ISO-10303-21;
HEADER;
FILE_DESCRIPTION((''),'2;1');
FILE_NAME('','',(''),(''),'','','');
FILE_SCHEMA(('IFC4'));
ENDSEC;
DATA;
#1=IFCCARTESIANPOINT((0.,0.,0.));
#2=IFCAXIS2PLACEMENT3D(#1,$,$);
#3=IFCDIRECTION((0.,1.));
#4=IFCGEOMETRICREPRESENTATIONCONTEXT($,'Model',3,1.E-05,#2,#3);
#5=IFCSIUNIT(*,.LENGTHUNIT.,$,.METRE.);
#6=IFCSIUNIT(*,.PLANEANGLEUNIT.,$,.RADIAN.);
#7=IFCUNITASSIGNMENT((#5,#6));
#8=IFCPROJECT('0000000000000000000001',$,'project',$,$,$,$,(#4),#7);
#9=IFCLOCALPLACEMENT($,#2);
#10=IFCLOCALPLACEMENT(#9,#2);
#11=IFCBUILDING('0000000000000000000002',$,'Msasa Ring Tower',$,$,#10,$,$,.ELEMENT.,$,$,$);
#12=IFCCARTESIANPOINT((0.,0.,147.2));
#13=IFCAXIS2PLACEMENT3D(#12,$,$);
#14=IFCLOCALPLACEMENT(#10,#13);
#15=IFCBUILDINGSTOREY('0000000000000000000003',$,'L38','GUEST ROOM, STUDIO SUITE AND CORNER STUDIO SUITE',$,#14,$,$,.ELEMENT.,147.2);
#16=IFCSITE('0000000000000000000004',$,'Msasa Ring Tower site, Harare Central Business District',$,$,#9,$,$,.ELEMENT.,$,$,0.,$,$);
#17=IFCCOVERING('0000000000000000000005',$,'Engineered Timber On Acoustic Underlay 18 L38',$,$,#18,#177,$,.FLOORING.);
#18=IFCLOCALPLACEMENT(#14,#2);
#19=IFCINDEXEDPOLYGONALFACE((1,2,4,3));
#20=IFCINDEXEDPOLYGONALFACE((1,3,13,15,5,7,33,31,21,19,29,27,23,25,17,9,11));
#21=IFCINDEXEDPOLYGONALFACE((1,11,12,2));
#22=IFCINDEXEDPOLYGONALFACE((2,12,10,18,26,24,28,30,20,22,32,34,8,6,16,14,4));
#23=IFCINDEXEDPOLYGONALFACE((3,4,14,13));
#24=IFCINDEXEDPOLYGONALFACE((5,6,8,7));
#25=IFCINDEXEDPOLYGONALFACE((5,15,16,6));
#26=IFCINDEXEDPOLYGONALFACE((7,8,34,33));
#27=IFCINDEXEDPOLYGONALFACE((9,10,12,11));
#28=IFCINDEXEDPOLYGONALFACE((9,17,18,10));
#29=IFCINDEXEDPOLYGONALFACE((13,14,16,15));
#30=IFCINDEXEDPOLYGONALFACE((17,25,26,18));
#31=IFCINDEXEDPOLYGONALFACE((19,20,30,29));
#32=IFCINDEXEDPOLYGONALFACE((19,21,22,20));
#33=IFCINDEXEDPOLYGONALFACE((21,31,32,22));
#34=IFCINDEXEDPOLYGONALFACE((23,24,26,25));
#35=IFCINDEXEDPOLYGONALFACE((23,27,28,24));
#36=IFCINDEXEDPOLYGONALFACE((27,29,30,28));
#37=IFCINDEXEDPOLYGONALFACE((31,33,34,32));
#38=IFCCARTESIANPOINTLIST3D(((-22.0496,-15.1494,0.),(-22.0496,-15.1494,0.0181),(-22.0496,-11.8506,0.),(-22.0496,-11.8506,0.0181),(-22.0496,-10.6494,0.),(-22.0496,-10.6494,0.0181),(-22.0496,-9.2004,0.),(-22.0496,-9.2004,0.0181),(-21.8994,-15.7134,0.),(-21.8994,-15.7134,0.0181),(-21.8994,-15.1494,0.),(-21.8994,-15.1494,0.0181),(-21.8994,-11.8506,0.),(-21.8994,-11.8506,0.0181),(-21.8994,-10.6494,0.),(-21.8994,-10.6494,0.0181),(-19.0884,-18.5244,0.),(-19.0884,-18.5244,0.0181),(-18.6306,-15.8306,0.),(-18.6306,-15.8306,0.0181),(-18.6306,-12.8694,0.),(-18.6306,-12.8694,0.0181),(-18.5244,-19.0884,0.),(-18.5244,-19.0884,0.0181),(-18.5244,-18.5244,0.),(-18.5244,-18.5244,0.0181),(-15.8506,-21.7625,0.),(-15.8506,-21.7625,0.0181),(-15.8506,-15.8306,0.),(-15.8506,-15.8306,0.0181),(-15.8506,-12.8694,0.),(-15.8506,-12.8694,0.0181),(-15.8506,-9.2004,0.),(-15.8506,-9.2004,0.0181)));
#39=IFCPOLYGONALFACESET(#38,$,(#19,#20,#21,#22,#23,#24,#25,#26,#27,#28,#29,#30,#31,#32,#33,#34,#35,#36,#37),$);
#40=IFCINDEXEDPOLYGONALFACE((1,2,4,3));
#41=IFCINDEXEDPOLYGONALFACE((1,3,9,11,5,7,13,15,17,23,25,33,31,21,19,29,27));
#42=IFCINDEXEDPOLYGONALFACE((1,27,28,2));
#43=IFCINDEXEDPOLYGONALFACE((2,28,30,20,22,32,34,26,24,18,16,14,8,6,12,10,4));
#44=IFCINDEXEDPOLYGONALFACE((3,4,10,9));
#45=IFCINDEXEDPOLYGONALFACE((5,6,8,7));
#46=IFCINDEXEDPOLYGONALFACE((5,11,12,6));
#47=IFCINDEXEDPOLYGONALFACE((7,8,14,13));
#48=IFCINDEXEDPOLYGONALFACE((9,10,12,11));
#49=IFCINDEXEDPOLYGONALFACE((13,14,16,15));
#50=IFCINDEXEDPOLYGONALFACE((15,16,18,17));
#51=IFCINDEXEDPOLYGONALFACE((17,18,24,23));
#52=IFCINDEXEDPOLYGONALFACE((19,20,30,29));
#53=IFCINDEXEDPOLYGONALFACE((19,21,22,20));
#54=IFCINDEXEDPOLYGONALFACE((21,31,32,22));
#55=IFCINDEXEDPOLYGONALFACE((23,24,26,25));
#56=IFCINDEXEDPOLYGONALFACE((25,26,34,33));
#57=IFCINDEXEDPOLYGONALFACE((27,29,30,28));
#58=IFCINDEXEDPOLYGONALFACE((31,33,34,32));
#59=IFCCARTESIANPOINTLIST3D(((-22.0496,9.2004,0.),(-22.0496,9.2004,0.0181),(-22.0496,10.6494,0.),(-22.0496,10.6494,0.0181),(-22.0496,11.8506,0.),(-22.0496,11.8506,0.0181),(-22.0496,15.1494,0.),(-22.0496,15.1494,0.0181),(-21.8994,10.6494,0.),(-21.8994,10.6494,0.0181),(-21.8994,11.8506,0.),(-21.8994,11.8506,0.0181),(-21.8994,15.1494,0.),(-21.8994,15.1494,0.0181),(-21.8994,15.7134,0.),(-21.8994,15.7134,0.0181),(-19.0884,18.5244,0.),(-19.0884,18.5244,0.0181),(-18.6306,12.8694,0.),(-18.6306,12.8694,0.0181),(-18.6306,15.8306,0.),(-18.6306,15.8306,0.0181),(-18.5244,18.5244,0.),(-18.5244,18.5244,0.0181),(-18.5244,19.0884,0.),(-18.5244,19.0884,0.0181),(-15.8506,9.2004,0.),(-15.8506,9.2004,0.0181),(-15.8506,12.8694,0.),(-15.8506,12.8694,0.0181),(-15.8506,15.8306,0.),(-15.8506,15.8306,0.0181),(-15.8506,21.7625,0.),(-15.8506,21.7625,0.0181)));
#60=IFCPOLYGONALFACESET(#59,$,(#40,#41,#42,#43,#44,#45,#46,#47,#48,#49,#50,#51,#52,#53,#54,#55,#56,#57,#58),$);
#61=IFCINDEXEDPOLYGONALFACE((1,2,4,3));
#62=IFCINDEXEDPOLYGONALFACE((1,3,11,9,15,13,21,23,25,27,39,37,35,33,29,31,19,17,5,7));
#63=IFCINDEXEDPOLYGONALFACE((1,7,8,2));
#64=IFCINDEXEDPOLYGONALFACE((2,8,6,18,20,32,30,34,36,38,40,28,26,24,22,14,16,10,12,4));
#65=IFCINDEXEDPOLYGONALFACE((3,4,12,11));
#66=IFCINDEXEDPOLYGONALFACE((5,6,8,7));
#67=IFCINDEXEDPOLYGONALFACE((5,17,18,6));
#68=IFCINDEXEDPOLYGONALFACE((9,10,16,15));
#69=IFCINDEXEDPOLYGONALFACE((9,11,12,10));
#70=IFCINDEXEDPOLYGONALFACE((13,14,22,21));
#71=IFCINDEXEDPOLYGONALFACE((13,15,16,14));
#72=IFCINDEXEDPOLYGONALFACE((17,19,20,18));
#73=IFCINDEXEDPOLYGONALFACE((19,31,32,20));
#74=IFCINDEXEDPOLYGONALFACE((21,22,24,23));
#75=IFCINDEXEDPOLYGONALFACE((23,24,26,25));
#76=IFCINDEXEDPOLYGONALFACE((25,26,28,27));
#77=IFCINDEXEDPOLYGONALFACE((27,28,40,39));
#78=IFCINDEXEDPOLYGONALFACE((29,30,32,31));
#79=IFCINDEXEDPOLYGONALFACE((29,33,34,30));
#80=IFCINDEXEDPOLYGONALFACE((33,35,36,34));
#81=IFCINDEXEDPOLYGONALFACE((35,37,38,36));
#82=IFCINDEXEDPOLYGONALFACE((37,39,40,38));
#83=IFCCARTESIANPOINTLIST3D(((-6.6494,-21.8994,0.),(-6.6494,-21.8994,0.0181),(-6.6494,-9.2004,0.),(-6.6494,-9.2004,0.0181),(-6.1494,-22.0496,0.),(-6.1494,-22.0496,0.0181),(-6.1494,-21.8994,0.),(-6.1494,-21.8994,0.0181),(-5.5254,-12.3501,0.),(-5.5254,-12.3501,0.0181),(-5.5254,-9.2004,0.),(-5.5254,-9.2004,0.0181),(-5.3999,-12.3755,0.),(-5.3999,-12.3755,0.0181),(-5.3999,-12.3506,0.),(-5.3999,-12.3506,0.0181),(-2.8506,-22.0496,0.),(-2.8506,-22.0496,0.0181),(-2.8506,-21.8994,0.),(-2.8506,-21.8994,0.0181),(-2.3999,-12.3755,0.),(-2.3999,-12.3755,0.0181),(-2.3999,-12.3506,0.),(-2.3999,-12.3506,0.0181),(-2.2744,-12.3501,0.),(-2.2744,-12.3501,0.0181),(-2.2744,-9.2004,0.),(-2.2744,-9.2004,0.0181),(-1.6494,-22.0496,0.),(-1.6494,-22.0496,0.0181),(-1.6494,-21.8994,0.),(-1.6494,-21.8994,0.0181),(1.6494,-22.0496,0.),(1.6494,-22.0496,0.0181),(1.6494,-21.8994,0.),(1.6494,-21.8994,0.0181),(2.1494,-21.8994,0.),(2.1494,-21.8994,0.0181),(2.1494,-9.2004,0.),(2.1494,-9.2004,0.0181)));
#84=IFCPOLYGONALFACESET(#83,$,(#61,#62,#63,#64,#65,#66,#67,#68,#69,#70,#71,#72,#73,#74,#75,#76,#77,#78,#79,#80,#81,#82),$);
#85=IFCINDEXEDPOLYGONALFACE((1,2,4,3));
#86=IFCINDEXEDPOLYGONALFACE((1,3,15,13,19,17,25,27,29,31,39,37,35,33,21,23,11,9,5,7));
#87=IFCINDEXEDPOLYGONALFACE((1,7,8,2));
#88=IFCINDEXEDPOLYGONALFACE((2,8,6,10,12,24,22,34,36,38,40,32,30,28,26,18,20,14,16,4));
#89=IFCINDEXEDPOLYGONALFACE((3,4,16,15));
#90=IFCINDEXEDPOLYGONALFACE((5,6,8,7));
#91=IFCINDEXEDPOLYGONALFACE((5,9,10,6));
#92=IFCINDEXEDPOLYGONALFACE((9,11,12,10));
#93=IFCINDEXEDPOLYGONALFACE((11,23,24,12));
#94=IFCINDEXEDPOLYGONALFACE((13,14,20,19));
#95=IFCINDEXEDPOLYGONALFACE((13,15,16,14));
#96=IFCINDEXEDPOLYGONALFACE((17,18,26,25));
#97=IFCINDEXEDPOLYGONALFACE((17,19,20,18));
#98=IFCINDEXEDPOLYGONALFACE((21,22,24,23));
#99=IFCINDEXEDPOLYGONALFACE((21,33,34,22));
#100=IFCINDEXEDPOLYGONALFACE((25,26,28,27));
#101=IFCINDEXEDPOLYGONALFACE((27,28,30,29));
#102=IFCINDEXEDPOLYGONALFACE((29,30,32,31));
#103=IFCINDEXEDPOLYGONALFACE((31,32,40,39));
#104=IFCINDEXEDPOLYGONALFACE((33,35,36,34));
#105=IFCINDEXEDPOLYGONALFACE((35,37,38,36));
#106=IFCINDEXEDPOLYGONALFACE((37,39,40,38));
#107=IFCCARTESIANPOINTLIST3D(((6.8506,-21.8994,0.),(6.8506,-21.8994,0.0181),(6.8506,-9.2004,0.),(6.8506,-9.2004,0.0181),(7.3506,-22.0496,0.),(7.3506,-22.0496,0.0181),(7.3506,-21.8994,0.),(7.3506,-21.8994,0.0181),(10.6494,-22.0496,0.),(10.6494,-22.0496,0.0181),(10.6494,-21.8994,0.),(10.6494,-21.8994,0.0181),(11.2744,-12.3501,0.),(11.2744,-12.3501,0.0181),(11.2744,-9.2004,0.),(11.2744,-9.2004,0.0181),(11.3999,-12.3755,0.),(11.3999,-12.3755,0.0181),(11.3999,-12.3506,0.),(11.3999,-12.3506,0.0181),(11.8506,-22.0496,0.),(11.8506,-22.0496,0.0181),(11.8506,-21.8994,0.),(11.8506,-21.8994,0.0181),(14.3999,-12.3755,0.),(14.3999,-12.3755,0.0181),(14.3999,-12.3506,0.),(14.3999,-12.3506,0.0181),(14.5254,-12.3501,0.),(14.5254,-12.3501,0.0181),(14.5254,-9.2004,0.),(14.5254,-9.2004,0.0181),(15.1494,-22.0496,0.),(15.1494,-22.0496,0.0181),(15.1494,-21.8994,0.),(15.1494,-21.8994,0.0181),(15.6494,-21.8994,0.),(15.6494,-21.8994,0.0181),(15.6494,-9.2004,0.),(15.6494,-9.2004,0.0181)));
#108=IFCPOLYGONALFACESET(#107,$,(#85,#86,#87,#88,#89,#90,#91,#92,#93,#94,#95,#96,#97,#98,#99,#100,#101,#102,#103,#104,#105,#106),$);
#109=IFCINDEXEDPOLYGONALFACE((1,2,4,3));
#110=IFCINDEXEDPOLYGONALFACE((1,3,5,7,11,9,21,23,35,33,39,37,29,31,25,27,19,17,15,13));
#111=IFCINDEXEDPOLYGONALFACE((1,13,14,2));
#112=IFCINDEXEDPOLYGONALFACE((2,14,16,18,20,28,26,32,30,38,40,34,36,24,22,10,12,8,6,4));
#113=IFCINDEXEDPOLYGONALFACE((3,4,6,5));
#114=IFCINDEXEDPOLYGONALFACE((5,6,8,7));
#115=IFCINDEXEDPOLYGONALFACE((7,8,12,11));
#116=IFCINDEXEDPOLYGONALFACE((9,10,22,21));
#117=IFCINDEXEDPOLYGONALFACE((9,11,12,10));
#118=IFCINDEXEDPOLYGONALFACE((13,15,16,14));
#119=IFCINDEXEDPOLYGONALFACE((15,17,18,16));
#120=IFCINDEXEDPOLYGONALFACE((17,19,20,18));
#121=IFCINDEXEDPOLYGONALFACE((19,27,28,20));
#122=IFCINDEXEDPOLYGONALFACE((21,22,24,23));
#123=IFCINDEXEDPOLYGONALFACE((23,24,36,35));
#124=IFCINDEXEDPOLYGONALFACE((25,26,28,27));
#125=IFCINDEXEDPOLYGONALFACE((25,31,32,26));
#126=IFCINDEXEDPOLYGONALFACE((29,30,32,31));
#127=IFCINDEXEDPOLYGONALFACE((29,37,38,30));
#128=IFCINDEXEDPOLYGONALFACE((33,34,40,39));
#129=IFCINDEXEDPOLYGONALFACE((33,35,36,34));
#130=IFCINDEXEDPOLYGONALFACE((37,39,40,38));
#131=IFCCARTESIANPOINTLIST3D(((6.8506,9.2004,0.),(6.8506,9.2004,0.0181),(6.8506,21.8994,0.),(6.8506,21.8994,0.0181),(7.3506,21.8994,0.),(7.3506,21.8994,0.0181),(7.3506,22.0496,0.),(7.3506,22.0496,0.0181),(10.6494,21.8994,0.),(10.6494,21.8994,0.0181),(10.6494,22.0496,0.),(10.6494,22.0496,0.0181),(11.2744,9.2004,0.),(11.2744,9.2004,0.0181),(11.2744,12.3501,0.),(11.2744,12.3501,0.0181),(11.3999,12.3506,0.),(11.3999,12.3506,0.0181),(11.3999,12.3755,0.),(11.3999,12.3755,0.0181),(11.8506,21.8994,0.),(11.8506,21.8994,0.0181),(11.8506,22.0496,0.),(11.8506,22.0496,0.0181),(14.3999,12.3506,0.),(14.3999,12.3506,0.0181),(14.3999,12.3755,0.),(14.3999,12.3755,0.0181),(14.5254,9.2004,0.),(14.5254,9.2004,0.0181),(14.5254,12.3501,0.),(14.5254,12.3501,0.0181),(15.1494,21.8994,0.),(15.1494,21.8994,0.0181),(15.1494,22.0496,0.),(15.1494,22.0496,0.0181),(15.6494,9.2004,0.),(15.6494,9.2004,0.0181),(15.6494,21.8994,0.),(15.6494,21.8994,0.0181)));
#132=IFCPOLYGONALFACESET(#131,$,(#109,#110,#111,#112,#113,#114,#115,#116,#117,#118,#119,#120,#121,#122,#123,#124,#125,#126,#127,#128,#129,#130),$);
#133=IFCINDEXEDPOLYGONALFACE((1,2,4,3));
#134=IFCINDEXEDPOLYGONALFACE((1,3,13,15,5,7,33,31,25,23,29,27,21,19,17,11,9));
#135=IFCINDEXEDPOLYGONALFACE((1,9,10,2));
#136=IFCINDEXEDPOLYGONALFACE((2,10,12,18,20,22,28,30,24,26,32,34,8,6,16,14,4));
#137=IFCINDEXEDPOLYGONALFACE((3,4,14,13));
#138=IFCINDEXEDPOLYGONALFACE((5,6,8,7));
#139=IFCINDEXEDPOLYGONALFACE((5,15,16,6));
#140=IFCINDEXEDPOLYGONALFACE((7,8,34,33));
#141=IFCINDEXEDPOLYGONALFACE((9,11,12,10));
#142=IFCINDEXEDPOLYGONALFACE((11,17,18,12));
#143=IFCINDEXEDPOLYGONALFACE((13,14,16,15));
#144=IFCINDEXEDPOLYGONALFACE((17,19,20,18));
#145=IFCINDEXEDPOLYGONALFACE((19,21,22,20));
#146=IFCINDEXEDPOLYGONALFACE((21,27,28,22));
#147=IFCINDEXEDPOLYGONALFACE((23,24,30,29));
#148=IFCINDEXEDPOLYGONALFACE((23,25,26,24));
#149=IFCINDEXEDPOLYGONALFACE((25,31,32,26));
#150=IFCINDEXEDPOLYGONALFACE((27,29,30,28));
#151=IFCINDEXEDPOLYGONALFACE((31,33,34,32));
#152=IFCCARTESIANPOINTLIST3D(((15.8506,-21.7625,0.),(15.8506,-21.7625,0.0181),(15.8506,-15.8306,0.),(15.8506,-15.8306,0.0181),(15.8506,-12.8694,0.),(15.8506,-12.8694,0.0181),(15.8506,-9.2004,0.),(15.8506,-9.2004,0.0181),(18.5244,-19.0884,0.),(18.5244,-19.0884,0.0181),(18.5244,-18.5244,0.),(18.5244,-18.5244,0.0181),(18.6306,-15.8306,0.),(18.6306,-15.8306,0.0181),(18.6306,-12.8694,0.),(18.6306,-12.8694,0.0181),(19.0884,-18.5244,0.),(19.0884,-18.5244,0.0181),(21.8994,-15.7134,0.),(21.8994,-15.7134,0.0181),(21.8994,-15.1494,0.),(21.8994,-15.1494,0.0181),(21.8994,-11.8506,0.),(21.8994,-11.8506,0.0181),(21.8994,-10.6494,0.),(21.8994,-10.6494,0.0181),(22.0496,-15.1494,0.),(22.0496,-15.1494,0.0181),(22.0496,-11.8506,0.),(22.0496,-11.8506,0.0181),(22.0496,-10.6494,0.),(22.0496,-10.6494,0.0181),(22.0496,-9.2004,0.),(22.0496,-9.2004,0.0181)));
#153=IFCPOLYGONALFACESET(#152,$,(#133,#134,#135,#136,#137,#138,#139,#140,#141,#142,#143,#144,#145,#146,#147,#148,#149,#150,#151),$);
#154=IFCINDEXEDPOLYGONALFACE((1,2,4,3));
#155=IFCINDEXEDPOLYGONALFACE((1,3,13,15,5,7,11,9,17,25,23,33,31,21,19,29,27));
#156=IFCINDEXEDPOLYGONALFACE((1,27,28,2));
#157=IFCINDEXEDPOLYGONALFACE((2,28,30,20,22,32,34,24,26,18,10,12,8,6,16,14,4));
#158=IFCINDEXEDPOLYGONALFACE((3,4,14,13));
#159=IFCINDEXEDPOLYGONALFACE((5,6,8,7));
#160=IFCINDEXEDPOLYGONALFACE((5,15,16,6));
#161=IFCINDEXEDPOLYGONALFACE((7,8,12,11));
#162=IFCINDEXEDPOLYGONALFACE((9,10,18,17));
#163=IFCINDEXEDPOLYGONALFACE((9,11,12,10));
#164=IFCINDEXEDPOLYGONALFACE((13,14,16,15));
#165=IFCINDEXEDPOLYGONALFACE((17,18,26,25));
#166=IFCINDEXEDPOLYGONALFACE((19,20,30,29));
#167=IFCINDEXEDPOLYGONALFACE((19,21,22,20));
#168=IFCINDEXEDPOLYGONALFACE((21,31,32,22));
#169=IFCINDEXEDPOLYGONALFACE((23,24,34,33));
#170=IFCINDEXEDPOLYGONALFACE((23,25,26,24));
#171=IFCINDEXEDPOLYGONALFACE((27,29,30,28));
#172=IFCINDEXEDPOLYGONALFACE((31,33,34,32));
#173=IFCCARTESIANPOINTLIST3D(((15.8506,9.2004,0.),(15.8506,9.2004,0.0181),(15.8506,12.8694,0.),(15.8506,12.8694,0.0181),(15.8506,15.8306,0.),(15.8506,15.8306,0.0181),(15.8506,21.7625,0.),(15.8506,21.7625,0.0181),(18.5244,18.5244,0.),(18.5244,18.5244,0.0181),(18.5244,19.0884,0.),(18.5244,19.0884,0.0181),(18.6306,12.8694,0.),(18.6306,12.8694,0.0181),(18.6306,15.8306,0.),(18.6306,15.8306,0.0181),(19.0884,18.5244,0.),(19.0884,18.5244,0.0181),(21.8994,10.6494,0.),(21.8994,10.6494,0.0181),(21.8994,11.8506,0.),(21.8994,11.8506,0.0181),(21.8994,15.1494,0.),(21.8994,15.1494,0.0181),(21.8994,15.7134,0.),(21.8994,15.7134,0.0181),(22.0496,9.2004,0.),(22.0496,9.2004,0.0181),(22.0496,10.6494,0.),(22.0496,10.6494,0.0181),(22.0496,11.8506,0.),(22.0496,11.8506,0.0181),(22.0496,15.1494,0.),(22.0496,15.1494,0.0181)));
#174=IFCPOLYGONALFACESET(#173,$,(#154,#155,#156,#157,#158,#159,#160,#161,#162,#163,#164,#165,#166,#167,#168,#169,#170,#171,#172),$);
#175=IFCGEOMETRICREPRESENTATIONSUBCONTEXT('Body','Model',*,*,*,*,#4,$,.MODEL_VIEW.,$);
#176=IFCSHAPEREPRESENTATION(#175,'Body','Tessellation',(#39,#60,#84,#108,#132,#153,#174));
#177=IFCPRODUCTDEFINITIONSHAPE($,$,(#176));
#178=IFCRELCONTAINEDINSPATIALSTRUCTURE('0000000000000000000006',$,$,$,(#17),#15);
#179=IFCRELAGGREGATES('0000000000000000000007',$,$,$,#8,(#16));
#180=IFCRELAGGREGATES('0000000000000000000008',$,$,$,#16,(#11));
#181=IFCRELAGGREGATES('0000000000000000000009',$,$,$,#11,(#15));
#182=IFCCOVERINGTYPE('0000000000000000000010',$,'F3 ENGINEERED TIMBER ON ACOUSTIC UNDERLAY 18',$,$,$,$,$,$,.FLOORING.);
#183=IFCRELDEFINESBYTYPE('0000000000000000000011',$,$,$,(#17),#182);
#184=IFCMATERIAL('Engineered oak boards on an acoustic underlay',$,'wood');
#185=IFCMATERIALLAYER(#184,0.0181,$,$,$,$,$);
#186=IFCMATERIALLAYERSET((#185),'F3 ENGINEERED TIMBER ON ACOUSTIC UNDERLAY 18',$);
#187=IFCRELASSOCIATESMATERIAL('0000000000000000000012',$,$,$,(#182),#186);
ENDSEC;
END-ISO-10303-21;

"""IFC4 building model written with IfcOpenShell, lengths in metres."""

from ifc_helpers import new_model, si_unit, direction, frame, origin, place, context, subcontext, project, spatial, line, indexed_curve, outline, extrude, material, layer, layer_set, type_object, element, save


model = new_model("IFC4")

# Units and contexts
model_context = context("Model", 3, precision=1e-05, world=origin(), true_north=direction((0.0, 1.0)))
body_context = subcontext(model_context, "Body", "Model", "MODEL_VIEW")
ifc_project = project(units=[si_unit("LENGTHUNIT", "METRE"), si_unit("PLANEANGLEUNIT", "RADIAN")], contexts=[model_context])

# Site, building, storey
site_placement = place(None, origin())
site = spatial("IfcSite", under=ifc_project, at=site_placement, Name="Msasa Ring Tower site, Harare Central Business District", CompositionType="ELEMENT", RefElevation=0.0)
building_placement = place(site_placement, origin())
building = spatial("IfcBuilding", under=site, at=building_placement, Name="Msasa Ring Tower", CompositionType="ELEMENT")
storey_placement = place(building_placement, frame((0.0, 0.0, 147.2)))
storey = spatial("IfcBuildingStorey", under=building, at=storey_placement, Name="L38", Description="GUEST ROOM, STUDIO SUITE AND CORNER STUDIO SUITE", CompositionType="ELEMENT", Elevation=147.2)

# Covering
ifc_material_1 = material(Name="Engineered oak boards on an acoustic underlay", Category="wood")
ifc_layer_1 = layer(ifc_material_1, 0.0181)
ifc_layer_set_1 = layer_set([ifc_layer_1], Name="F3 ENGINEERED TIMBER ON ACOUSTIC UNDERLAY 18")
covering_type_1 = type_object("IfcCoveringType", Name="F3 ENGINEERED TIMBER ON ACOUSTIC UNDERLAY 18", PredefinedType="FLOORING", material=ifc_layer_set_1)
covering_1_placement = place(storey_placement, origin())
element("IfcCovering", 1, at=covering_1_placement, inside=storey, type_object=covering_type_1, Name="Engineered Timber On Acoustic Underlay 18 L38", PredefinedType="FLOORING", context=body_context, shape_type="SweptSolid", body=[
    extrude(outline(indexed_curve([(-15.8506, -21.7625), (-18.5244, -19.0884), (-18.5244, -18.5244), (-19.0884, -18.5244), (-21.8994, -15.7134), (-21.8994, -15.1494), (-22.0496, -15.1494), (-22.0496, -11.8506), (-21.8994, -11.8506), (-21.8994, -10.6494), (-22.0496, -10.6494), (-22.0496, -9.2004), (-15.8506, -9.2004), (-15.8506, -12.8694), (-18.6306, -12.8694), (-18.6306, -15.8306), (-15.8506, -15.8306)], segments=[line(1, 2, 3, 4, 5, 6, 7, 8, 9, 10, 11, 12, 13, 14, 15, 16, 17, 1)], self_intersect=False)), origin(), (0.0, 0.0, 1.0), 0.0181),
    extrude(outline(indexed_curve([(-18.6306, 12.8694), (-15.8506, 12.8694), (-15.8506, 9.2004), (-22.0496, 9.2004), (-22.0496, 10.6494), (-21.8994, 10.6494), (-21.8994, 11.8506), (-22.0496, 11.8506), (-22.0496, 15.1494), (-21.8994, 15.1494), (-21.8994, 15.7134), (-19.0884, 18.5244), (-18.5244, 18.5244), (-18.5244, 19.0884), (-15.8506, 21.7625), (-15.8506, 15.8306), (-18.6306, 15.8306)], segments=[line(1, 2, 3, 4, 5, 6, 7, 8, 9, 10, 11, 12, 13, 14, 15, 16, 17, 1)], self_intersect=False)), origin(), (0.0, 0.0, 1.0), 0.0181),
    extrude(outline(indexed_curve([(-5.5254, -12.3501), (-5.3999, -12.3506), (-5.3999, -12.3755), (-2.3999, -12.3755), (-2.3999, -12.3506), (-2.2744, -12.3501), (-2.2744, -9.2004), (2.1494, -9.2004), (2.1494, -21.8994), (1.6494, -21.8994), (1.6494, -22.0496), (-1.6494, -22.0496), (-1.6494, -21.8994), (-2.8506, -21.8994), (-2.8506, -22.0496), (-6.1494, -22.0496), (-6.1494, -21.8994), (-6.6494, -21.8994), (-6.6494, -9.2004), (-5.5254, -9.2004)], segments=[line(1, 2, 3, 4, 5, 6, 7, 8, 9, 10, 11, 12, 13, 14, 15, 16, 17, 18, 19, 20, 1)], self_intersect=False)), origin(), (0.0, 0.0, 1.0), 0.0181),
    extrude(outline(indexed_curve([(11.2744, -12.3501), (11.3999, -12.3506), (11.3999, -12.3755), (14.3999, -12.3755), (14.3999, -12.3506), (14.5254, -12.3501), (14.5254, -9.2004), (15.6494, -9.2004), (15.6494, -21.8994), (15.1494, -21.8994), (15.1494, -22.0496), (11.8506, -22.0496), (11.8506, -21.8994), (10.6494, -21.8994), (10.6494, -22.0496), (7.3506, -22.0496), (7.3506, -21.8994), (6.8506, -21.8994), (6.8506, -9.2004), (11.2744, -9.2004)], segments=[line(1, 2, 3, 4, 5, 6, 7, 8, 9, 10, 11, 12, 13, 14, 15, 16, 17, 18, 19, 20, 1)], self_intersect=False)), origin(), (0.0, 0.0, 1.0), 0.0181),
    extrude(outline(indexed_curve([(14.5254, 12.3501), (14.3999, 12.3506), (14.3999, 12.3755), (11.3999, 12.3755), (11.3999, 12.3506), (11.2744, 12.3501), (11.2744, 9.2004), (6.8506, 9.2004), (6.8506, 21.8994), (7.3506, 21.8994), (7.3506, 22.0496), (10.6494, 22.0496), (10.6494, 21.8994), (11.8506, 21.8994), (11.8506, 22.0496), (15.1494, 22.0496), (15.1494, 21.8994), (15.6494, 21.8994), (15.6494, 9.2004), (14.5254, 9.2004)], segments=[line(1, 2, 3, 4, 5, 6, 7, 8, 9, 10, 11, 12, 13, 14, 15, 16, 17, 18, 19, 20, 1)], self_intersect=False)), origin(), (0.0, 0.0, 1.0), 0.0181),
    extrude(outline(indexed_curve([(18.6306, -12.8694), (15.8506, -12.8694), (15.8506, -9.2004), (22.0496, -9.2004), (22.0496, -10.6494), (21.8994, -10.6494), (21.8994, -11.8506), (22.0496, -11.8506), (22.0496, -15.1494), (21.8994, -15.1494), (21.8994, -15.7134), (19.0884, -18.5244), (18.5244, -18.5244), (18.5244, -19.0884), (15.8506, -21.7625), (15.8506, -15.8306), (18.6306, -15.8306)], segments=[line(1, 2, 3, 4, 5, 6, 7, 8, 9, 10, 11, 12, 13, 14, 15, 16, 17, 1)], self_intersect=False)), origin(), (0.0, 0.0, 1.0), 0.0181),
    extrude(outline(indexed_curve([(15.8506, 21.7625), (18.5244, 19.0884), (18.5244, 18.5244), (19.0884, 18.5244), (21.8994, 15.7134), (21.8994, 15.1494), (22.0496, 15.1494), (22.0496, 11.8506), (21.8994, 11.8506), (21.8994, 10.6494), (22.0496, 10.6494), (22.0496, 9.2004), (15.8506, 9.2004), (15.8506, 12.8694), (18.6306, 12.8694), (18.6306, 15.8306), (15.8506, 15.8306)], segments=[line(1, 2, 3, 4, 5, 6, 7, 8, 9, 10, 11, 12, 13, 14, 15, 16, 17, 1)], self_intersect=False)), origin(), (0.0, 0.0, 1.0), 0.0181),
])

save(model, "model.ifc")
